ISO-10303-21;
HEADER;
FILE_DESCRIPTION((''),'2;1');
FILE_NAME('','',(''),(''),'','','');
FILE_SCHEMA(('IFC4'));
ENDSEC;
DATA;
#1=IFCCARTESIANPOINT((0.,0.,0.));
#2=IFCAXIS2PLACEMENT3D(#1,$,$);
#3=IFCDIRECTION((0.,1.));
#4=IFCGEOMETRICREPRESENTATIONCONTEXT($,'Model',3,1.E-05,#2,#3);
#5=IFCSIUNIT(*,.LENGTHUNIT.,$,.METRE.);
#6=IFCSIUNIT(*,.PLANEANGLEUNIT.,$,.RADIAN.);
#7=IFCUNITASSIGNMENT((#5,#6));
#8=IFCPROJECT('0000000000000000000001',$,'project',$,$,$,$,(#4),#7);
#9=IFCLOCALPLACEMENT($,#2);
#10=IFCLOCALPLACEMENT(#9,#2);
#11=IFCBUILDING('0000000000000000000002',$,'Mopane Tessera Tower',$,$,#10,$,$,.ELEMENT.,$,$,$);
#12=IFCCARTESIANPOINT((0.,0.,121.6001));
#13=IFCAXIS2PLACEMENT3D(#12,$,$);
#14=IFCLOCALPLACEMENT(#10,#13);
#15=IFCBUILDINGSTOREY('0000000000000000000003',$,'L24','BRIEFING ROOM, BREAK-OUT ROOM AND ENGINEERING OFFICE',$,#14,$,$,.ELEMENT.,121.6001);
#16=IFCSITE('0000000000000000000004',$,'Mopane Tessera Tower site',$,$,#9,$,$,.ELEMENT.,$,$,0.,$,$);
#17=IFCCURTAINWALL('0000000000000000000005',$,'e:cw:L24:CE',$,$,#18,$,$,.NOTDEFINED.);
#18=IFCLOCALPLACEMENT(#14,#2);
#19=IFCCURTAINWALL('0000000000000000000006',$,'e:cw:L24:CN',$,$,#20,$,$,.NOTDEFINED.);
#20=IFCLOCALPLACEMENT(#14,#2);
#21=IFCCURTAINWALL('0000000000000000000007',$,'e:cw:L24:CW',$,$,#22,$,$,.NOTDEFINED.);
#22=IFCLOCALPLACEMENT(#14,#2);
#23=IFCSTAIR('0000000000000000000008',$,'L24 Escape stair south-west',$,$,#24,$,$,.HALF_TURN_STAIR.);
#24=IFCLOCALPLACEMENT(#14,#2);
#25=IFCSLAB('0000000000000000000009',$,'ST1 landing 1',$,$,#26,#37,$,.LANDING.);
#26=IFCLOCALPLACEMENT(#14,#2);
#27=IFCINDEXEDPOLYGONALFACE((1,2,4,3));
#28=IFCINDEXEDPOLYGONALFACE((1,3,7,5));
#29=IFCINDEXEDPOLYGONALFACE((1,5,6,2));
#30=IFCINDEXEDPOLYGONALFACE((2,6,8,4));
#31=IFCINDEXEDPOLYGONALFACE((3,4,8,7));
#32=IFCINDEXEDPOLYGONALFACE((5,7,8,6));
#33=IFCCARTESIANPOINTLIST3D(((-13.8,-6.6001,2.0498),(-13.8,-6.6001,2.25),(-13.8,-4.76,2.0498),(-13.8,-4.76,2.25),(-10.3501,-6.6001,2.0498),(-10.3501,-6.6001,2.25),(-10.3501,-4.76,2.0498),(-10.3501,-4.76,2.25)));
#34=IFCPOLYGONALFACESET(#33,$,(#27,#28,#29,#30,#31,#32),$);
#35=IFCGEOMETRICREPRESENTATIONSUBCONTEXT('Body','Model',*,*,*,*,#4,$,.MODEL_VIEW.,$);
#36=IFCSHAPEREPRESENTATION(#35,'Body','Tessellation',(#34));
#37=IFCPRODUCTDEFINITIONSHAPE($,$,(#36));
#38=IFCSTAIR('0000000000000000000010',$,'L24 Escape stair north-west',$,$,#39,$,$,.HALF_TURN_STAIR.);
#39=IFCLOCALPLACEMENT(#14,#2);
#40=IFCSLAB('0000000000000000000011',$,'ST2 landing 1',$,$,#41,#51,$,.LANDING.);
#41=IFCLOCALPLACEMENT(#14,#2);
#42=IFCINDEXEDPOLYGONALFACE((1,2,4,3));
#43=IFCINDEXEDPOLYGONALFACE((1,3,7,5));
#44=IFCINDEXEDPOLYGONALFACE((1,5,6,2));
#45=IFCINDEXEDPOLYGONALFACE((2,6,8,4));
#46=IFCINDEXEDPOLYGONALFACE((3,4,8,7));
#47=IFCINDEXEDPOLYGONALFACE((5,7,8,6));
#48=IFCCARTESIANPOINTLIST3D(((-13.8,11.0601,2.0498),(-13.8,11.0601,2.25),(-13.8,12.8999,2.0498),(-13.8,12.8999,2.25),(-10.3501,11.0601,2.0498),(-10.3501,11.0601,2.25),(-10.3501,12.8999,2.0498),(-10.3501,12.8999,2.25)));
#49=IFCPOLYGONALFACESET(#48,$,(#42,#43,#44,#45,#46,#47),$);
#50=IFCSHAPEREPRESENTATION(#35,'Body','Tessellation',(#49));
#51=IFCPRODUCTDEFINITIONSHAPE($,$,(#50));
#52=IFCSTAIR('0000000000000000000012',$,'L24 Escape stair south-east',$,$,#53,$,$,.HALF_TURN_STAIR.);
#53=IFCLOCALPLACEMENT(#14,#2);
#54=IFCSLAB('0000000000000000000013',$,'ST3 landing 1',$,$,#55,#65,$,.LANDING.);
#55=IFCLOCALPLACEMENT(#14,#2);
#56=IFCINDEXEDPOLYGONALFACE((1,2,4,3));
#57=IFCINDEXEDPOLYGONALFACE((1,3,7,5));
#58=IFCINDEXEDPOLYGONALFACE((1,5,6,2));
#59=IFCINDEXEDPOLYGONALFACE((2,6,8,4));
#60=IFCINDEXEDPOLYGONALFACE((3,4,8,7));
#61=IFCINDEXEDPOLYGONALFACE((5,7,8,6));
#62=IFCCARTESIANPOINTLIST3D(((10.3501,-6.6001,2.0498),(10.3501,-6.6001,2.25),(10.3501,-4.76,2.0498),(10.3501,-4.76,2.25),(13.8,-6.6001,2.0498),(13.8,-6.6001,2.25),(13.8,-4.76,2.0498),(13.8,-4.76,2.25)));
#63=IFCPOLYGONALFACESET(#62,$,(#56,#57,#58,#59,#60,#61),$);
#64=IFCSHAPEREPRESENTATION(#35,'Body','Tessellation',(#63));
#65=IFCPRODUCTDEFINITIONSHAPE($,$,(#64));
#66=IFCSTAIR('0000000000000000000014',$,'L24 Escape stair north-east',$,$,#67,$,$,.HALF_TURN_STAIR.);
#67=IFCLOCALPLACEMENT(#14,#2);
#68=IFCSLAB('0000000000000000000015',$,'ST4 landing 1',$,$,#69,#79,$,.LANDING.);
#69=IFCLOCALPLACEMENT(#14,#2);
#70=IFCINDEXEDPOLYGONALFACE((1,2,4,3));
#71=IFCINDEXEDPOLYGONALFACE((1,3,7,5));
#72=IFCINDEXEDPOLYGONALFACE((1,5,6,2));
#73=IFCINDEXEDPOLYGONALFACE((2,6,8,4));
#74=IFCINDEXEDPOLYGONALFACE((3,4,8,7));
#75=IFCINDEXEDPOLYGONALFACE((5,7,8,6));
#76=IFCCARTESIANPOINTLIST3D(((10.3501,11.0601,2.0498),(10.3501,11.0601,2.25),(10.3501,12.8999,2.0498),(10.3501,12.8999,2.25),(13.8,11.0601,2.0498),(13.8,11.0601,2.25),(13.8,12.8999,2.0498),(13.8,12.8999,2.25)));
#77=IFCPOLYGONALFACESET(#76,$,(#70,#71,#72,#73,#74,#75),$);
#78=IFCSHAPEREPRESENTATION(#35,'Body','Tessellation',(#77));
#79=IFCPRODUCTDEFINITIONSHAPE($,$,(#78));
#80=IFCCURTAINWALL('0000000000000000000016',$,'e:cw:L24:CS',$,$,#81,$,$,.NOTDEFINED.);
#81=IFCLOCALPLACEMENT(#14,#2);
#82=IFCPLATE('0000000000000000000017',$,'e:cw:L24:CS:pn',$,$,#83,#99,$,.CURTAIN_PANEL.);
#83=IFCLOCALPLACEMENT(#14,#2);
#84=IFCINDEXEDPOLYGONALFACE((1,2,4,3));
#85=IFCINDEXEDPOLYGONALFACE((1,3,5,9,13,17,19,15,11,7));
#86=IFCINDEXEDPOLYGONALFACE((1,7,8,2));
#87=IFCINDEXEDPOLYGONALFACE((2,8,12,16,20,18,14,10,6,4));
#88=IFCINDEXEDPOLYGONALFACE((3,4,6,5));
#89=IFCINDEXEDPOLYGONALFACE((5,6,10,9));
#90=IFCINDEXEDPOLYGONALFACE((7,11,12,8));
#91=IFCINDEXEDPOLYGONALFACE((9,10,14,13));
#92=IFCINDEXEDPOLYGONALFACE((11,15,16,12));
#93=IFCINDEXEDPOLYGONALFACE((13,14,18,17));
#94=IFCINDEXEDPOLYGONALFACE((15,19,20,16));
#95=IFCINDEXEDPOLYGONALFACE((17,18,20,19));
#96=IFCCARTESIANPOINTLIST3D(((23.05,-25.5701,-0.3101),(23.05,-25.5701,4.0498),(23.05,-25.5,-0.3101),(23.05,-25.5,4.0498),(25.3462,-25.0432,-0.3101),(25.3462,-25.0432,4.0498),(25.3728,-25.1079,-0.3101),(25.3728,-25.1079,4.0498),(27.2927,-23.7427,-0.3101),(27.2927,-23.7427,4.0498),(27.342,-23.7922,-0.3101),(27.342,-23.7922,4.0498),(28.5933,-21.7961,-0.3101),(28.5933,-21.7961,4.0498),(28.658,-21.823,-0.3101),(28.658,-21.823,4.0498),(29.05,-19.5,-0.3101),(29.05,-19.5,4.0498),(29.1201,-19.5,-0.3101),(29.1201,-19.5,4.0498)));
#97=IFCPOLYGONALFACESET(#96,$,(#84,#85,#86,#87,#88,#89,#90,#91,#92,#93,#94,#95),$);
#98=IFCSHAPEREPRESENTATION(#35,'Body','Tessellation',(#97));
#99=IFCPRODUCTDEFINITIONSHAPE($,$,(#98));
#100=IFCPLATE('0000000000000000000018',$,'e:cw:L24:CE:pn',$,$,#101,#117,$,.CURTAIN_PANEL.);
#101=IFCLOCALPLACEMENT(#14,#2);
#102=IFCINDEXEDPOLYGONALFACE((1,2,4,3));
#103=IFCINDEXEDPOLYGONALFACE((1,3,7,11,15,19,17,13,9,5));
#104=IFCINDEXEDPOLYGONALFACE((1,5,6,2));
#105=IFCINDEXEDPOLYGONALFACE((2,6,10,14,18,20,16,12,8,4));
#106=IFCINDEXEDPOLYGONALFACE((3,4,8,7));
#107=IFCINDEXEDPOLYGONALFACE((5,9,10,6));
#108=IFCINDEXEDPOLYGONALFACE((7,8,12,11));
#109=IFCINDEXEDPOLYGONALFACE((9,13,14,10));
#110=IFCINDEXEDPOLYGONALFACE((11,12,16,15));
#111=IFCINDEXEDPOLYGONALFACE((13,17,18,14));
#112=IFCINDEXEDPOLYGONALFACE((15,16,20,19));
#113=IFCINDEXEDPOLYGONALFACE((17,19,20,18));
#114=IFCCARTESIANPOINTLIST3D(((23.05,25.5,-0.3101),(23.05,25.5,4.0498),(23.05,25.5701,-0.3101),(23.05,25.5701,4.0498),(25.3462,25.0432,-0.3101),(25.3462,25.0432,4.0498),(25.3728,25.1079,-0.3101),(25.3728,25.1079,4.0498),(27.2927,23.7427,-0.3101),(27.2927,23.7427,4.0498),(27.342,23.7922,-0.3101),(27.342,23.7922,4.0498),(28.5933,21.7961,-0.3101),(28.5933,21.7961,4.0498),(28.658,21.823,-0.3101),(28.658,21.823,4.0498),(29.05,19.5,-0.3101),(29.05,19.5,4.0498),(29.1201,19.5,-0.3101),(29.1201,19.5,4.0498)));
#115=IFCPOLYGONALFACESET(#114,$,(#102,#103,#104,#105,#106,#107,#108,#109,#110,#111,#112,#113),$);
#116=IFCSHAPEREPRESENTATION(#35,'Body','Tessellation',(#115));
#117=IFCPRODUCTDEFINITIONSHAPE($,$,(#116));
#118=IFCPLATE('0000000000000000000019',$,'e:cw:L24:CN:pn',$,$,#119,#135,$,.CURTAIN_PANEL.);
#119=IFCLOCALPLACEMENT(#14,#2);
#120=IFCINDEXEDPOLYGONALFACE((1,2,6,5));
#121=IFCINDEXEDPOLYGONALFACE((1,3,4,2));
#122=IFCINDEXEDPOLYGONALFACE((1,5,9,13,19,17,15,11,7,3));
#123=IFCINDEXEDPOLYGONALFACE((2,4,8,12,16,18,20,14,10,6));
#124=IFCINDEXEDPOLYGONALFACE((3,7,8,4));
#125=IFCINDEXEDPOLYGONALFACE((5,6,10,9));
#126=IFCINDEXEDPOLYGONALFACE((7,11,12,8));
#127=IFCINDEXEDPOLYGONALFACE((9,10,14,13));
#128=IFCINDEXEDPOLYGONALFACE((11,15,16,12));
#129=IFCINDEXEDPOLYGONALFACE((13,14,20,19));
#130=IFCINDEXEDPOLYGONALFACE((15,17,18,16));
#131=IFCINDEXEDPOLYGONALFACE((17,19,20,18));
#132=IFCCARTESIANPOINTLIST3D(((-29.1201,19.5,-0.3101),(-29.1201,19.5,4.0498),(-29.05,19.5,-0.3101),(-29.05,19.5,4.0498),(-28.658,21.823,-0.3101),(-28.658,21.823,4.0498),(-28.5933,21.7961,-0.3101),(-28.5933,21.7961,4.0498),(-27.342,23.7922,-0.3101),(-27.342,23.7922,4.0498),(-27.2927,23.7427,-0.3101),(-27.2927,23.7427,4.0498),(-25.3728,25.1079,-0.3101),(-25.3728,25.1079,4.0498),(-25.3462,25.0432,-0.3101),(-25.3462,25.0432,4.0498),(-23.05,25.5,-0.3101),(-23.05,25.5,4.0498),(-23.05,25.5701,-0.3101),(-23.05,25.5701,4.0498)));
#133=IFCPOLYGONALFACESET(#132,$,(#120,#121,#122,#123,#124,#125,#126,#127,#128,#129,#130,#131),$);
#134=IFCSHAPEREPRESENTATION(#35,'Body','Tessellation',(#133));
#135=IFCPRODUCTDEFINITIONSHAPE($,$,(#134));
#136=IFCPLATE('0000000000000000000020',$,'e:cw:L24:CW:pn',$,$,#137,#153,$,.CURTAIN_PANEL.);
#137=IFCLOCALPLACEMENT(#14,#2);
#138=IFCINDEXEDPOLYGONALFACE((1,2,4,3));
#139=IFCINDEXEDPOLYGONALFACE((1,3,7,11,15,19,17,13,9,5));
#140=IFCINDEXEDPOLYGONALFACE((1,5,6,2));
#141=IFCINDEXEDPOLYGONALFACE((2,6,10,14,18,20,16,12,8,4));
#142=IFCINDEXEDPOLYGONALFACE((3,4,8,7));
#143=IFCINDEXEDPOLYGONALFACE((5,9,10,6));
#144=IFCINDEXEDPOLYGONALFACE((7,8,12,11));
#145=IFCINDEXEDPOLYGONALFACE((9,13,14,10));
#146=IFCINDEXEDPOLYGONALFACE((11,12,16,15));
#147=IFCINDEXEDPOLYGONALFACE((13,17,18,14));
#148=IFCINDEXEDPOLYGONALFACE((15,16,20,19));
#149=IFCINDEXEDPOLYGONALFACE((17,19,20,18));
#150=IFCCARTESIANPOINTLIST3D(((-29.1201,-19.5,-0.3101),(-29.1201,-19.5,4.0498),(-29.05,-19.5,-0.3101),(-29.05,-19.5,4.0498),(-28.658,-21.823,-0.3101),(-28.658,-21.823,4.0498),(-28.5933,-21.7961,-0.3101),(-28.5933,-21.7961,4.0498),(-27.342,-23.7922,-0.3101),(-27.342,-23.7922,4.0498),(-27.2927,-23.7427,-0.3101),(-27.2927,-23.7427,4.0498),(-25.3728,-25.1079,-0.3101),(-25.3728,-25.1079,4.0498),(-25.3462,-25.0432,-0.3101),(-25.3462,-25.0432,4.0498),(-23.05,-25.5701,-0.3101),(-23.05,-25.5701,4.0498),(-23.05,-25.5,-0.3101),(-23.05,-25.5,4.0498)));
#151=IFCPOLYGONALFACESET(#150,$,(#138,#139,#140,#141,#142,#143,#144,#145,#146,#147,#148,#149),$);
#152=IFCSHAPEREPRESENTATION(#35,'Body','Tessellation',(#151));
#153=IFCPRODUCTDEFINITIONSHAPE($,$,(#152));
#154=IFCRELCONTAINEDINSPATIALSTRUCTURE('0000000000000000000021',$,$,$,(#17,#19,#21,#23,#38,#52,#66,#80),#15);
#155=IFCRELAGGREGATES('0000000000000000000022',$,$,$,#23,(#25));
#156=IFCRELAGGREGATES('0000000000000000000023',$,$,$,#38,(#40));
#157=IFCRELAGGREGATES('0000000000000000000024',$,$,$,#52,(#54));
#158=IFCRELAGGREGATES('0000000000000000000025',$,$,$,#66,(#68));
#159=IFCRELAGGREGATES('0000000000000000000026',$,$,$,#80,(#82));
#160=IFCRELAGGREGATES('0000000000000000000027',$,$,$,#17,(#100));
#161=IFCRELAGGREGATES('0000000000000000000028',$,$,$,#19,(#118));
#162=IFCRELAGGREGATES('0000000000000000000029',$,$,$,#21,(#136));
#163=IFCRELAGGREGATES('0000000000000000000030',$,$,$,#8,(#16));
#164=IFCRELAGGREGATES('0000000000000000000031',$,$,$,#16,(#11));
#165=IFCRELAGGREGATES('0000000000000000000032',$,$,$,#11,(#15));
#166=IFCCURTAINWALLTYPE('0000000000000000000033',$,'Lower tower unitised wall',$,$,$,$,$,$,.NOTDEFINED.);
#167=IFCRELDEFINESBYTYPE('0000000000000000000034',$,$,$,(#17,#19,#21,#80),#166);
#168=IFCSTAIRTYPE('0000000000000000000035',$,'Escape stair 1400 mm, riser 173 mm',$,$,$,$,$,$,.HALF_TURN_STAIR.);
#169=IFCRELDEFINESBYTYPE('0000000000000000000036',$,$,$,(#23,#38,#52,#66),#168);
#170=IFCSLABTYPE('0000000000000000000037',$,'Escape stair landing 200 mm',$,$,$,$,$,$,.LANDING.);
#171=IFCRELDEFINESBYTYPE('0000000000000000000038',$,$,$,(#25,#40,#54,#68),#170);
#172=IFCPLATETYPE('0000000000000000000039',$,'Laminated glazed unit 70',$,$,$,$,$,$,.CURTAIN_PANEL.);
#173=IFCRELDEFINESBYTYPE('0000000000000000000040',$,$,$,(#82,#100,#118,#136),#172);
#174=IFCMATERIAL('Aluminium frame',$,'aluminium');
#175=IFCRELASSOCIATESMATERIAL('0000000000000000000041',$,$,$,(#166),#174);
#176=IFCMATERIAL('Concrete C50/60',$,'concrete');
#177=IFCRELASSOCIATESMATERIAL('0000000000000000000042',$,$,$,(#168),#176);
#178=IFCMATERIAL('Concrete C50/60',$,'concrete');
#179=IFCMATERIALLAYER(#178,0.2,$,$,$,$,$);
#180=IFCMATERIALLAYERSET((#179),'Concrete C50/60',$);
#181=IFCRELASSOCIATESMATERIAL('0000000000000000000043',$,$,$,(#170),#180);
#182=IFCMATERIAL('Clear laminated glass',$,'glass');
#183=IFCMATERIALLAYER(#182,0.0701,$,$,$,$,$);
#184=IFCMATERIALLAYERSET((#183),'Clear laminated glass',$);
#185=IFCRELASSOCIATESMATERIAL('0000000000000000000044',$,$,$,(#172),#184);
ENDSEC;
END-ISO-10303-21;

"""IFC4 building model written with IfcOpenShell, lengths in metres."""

from ifc_helpers import new_model, si_unit, direction, frame, origin, place, context, subcontext, project, spatial, polyline, outline, extrude, material, layer, layer_set, type_object, element, aggregate, save


model = new_model("IFC4")

# Units and contexts
model_context = context("Model", 3, precision=1e-05, world=origin(), true_north=direction((0.0, 1.0)))
body_context = subcontext(model_context, "Body", "Model", "MODEL_VIEW")
ifc_project = project(units=[si_unit("LENGTHUNIT", "METRE"), si_unit("PLANEANGLEUNIT", "RADIAN")], contexts=[model_context])

# Site, building, storey
site_placement = place(None, origin())
site = spatial("IfcSite", under=ifc_project, at=site_placement, Name="Mopane Tessera Tower site", CompositionType="ELEMENT", RefElevation=0.0)
building_placement = place(site_placement, origin())
building = spatial("IfcBuilding", under=site, at=building_placement, Name="Mopane Tessera Tower", CompositionType="ELEMENT")
storey_placement = place(building_placement, frame((0.0, 0.0, 121.6001)))
storey = spatial("IfcBuildingStorey", under=building, at=storey_placement, Name="L24", Description="BRIEFING ROOM, BREAK-OUT ROOM AND ENGINEERING OFFICE", CompositionType="ELEMENT", Elevation=121.6001)

# Curtain walls
ifc_material_1 = material(Name="Aluminium frame", Category="aluminium")
curtain_wall_type = type_object("IfcCurtainWallType", Name="Lower tower unitised wall", PredefinedType="NOTDEFINED", material=ifc_material_1)
curtain_wall_1_placement = place(storey_placement, origin())
curtain_wall_1 = element("IfcCurtainWall", 1, at=curtain_wall_1_placement, inside=storey, type_object=curtain_wall_type, Name="e:cw:L24:CE", PredefinedType="NOTDEFINED")
curtain_wall_2_placement = place(storey_placement, origin())
curtain_wall_2 = element("IfcCurtainWall", 2, at=curtain_wall_2_placement, inside=storey, type_object=curtain_wall_type, Name="e:cw:L24:CN", PredefinedType="NOTDEFINED")
curtain_wall_3_placement = place(storey_placement, origin())
curtain_wall_3 = element("IfcCurtainWall", 3, at=curtain_wall_3_placement, inside=storey, type_object=curtain_wall_type, Name="e:cw:L24:CW", PredefinedType="NOTDEFINED")

# Stairs, slabs
ifc_material_2 = material(Name="Concrete C50/60", Category="concrete")
stair_type = type_object("IfcStairType", Name="Escape stair 1400 mm, riser 173 mm", PredefinedType="HALF_TURN_STAIR", material=ifc_material_2)
stair_1_placement = place(storey_placement, origin())
stair_1 = element("IfcStair", 4, at=stair_1_placement, inside=storey, type_object=stair_type, Name="L24 Escape stair south-west", PredefinedType="HALF_TURN_STAIR")
ifc_material_3 = material(Name="Concrete C50/60", Category="concrete")
ifc_layer_1 = layer(ifc_material_3, 0.2)
ifc_layer_set_1 = layer_set([ifc_layer_1], Name="Concrete C50/60")
slab_type_1 = type_object("IfcSlabType", Name="Escape stair landing 200 mm", PredefinedType="LANDING", material=ifc_layer_set_1)
slab_1_placement = place(storey_placement, frame((0.0, 0.0, 2.0498)))
slab_1 = element("IfcSlab", 5, at=slab_1_placement, type_object=slab_type_1, Name="ST1 landing 1", PredefinedType="LANDING", context=body_context, shape_type="SweptSolid", body=[
    extrude(outline(polyline([(-13.8, -4.76), (-13.8, -6.6001), (-10.3501, -6.6001), (-10.3501, -4.76), (-13.8, -4.76)])), origin(), (0.0, 0.0, 1.0), 0.2002),
])
aggregate(stair_1, [slab_1])
stair_2_placement = place(storey_placement, origin())
stair_2 = element("IfcStair", 6, at=stair_2_placement, inside=storey, type_object=stair_type, Name="L24 Escape stair north-west", PredefinedType="HALF_TURN_STAIR")
slab_2_placement = place(storey_placement, frame((0.0, 0.0, 2.0498)))
slab_2 = element("IfcSlab", 7, at=slab_2_placement, type_object=slab_type_1, Name="ST2 landing 1", PredefinedType="LANDING", context=body_context, shape_type="SweptSolid", body=[
    extrude(outline(polyline([(-10.3501, 11.0601), (-10.3501, 12.8999), (-13.8, 12.8999), (-13.8, 11.0601), (-10.3501, 11.0601)])), origin(), (0.0, 0.0, 1.0), 0.2002),
])
aggregate(stair_2, [slab_2])
stair_3_placement = place(storey_placement, origin())
stair_3 = element("IfcStair", 8, at=stair_3_placement, inside=storey, type_object=stair_type, Name="L24 Escape stair south-east", PredefinedType="HALF_TURN_STAIR")
slab_3_placement = place(storey_placement, frame((0.0, 0.0, 2.0498)))
slab_3 = element("IfcSlab", 9, at=slab_3_placement, type_object=slab_type_1, Name="ST3 landing 1", PredefinedType="LANDING", context=body_context, shape_type="SweptSolid", body=[
    extrude(outline(polyline([(10.3501, -4.76), (10.3501, -6.6001), (13.8, -6.6001), (13.8, -4.76), (10.3501, -4.76)])), origin(), (0.0, 0.0, 1.0), 0.2002),
])
aggregate(stair_3, [slab_3])
stair_4_placement = place(storey_placement, origin())
stair_4 = element("IfcStair", 10, at=stair_4_placement, inside=storey, type_object=stair_type, Name="L24 Escape stair north-east", PredefinedType="HALF_TURN_STAIR")
slab_4_placement = place(storey_placement, frame((0.0, 0.0, 2.0498)))
slab_4 = element("IfcSlab", 11, at=slab_4_placement, type_object=slab_type_1, Name="ST4 landing 1", PredefinedType="LANDING", context=body_context, shape_type="SweptSolid", body=[
    extrude(outline(polyline([(13.8, 11.0601), (13.8, 12.8999), (10.3501, 12.8999), (10.3501, 11.0601), (13.8, 11.0601)])), origin(), (0.0, 0.0, 1.0), 0.2002),
])
aggregate(stair_4, [slab_4])

# Curtain wall, plate
curtain_wall_4_placement = place(storey_placement, origin())
curtain_wall_4 = element("IfcCurtainWall", 12, at=curtain_wall_4_placement, inside=storey, type_object=curtain_wall_type, Name="e:cw:L24:CS", PredefinedType="NOTDEFINED")
ifc_material_4 = material(Name="Clear laminated glass", Category="glass")
ifc_layer_2 = layer(ifc_material_4, 0.0701)
ifc_layer_set_2 = layer_set([ifc_layer_2], Name="Clear laminated glass")
plate_type = type_object("IfcPlateType", Name="Laminated glazed unit 70", PredefinedType="CURTAIN_PANEL", material=ifc_layer_set_2)
plate_1_placement = place(storey_placement, frame((0.0, 0.0, -0.3101)))
plate_1 = element("IfcPlate", 13, at=plate_1_placement, type_object=plate_type, Name="e:cw:L24:CS:pn", PredefinedType="CURTAIN_PANEL", context=body_context, shape_type="SweptSolid", body=[
    extrude(outline(polyline([(23.05, -25.5), (25.3462, -25.0432), (27.2927, -23.7427), (28.5933, -21.7961), (29.05, -19.5), (29.1201, -19.5), (28.658, -21.823), (27.342, -23.7922), (25.3728, -25.1079), (23.05, -25.5701), (23.05, -25.5)])), origin(), (0.0, 0.0, 1.0), 4.3599),
])
aggregate(curtain_wall_4, [plate_1])

# Plates
plate_2_placement = place(storey_placement, frame((0.0, 0.0, -0.3101)))
plate_2 = element("IfcPlate", 14, at=plate_2_placement, type_object=plate_type, Name="e:cw:L24:CE:pn", PredefinedType="CURTAIN_PANEL", context=body_context, shape_type="SweptSolid", body=[
    extrude(outline(polyline([(29.05, 19.5), (28.5933, 21.7961), (27.2927, 23.7427), (25.3462, 25.0432), (23.05, 25.5), (23.05, 25.5701), (25.3728, 25.1079), (27.342, 23.7922), (28.658, 21.823), (29.1201, 19.5), (29.05, 19.5)])), origin(), (0.0, 0.0, 1.0), 4.3599),
])
aggregate(curtain_wall_1, [plate_2])
plate_3_placement = place(storey_placement, frame((0.0, 0.0, -0.3101)))
plate_3 = element("IfcPlate", 15, at=plate_3_placement, type_object=plate_type, Name="e:cw:L24:CN:pn", PredefinedType="CURTAIN_PANEL", context=body_context, shape_type="SweptSolid", body=[
    extrude(outline(polyline([(-23.05, 25.5), (-25.3462, 25.0432), (-27.2927, 23.7427), (-28.5933, 21.7961), (-29.05, 19.5), (-29.1201, 19.5), (-28.658, 21.823), (-27.342, 23.7922), (-25.3728, 25.1079), (-23.05, 25.5701), (-23.05, 25.5)])), origin(), (0.0, 0.0, 1.0), 4.3599),
])
aggregate(curtain_wall_2, [plate_3])
plate_4_placement = place(storey_placement, frame((0.0, 0.0, -0.3101)))
plate_4 = element("IfcPlate", 16, at=plate_4_placement, type_object=plate_type, Name="e:cw:L24:CW:pn", PredefinedType="CURTAIN_PANEL", context=body_context, shape_type="SweptSolid", body=[
    extrude(outline(polyline([(-29.05, -19.5), (-28.5933, -21.7961), (-27.2927, -23.7427), (-25.3462, -25.0432), (-23.05, -25.5), (-23.05, -25.5701), (-25.3728, -25.1079), (-27.342, -23.7922), (-28.658, -21.823), (-29.1201, -19.5), (-29.05, -19.5)])), origin(), (0.0, 0.0, 1.0), 4.3599),
])
aggregate(curtain_wall_3, [plate_4])

save(model, "model.ifc")
